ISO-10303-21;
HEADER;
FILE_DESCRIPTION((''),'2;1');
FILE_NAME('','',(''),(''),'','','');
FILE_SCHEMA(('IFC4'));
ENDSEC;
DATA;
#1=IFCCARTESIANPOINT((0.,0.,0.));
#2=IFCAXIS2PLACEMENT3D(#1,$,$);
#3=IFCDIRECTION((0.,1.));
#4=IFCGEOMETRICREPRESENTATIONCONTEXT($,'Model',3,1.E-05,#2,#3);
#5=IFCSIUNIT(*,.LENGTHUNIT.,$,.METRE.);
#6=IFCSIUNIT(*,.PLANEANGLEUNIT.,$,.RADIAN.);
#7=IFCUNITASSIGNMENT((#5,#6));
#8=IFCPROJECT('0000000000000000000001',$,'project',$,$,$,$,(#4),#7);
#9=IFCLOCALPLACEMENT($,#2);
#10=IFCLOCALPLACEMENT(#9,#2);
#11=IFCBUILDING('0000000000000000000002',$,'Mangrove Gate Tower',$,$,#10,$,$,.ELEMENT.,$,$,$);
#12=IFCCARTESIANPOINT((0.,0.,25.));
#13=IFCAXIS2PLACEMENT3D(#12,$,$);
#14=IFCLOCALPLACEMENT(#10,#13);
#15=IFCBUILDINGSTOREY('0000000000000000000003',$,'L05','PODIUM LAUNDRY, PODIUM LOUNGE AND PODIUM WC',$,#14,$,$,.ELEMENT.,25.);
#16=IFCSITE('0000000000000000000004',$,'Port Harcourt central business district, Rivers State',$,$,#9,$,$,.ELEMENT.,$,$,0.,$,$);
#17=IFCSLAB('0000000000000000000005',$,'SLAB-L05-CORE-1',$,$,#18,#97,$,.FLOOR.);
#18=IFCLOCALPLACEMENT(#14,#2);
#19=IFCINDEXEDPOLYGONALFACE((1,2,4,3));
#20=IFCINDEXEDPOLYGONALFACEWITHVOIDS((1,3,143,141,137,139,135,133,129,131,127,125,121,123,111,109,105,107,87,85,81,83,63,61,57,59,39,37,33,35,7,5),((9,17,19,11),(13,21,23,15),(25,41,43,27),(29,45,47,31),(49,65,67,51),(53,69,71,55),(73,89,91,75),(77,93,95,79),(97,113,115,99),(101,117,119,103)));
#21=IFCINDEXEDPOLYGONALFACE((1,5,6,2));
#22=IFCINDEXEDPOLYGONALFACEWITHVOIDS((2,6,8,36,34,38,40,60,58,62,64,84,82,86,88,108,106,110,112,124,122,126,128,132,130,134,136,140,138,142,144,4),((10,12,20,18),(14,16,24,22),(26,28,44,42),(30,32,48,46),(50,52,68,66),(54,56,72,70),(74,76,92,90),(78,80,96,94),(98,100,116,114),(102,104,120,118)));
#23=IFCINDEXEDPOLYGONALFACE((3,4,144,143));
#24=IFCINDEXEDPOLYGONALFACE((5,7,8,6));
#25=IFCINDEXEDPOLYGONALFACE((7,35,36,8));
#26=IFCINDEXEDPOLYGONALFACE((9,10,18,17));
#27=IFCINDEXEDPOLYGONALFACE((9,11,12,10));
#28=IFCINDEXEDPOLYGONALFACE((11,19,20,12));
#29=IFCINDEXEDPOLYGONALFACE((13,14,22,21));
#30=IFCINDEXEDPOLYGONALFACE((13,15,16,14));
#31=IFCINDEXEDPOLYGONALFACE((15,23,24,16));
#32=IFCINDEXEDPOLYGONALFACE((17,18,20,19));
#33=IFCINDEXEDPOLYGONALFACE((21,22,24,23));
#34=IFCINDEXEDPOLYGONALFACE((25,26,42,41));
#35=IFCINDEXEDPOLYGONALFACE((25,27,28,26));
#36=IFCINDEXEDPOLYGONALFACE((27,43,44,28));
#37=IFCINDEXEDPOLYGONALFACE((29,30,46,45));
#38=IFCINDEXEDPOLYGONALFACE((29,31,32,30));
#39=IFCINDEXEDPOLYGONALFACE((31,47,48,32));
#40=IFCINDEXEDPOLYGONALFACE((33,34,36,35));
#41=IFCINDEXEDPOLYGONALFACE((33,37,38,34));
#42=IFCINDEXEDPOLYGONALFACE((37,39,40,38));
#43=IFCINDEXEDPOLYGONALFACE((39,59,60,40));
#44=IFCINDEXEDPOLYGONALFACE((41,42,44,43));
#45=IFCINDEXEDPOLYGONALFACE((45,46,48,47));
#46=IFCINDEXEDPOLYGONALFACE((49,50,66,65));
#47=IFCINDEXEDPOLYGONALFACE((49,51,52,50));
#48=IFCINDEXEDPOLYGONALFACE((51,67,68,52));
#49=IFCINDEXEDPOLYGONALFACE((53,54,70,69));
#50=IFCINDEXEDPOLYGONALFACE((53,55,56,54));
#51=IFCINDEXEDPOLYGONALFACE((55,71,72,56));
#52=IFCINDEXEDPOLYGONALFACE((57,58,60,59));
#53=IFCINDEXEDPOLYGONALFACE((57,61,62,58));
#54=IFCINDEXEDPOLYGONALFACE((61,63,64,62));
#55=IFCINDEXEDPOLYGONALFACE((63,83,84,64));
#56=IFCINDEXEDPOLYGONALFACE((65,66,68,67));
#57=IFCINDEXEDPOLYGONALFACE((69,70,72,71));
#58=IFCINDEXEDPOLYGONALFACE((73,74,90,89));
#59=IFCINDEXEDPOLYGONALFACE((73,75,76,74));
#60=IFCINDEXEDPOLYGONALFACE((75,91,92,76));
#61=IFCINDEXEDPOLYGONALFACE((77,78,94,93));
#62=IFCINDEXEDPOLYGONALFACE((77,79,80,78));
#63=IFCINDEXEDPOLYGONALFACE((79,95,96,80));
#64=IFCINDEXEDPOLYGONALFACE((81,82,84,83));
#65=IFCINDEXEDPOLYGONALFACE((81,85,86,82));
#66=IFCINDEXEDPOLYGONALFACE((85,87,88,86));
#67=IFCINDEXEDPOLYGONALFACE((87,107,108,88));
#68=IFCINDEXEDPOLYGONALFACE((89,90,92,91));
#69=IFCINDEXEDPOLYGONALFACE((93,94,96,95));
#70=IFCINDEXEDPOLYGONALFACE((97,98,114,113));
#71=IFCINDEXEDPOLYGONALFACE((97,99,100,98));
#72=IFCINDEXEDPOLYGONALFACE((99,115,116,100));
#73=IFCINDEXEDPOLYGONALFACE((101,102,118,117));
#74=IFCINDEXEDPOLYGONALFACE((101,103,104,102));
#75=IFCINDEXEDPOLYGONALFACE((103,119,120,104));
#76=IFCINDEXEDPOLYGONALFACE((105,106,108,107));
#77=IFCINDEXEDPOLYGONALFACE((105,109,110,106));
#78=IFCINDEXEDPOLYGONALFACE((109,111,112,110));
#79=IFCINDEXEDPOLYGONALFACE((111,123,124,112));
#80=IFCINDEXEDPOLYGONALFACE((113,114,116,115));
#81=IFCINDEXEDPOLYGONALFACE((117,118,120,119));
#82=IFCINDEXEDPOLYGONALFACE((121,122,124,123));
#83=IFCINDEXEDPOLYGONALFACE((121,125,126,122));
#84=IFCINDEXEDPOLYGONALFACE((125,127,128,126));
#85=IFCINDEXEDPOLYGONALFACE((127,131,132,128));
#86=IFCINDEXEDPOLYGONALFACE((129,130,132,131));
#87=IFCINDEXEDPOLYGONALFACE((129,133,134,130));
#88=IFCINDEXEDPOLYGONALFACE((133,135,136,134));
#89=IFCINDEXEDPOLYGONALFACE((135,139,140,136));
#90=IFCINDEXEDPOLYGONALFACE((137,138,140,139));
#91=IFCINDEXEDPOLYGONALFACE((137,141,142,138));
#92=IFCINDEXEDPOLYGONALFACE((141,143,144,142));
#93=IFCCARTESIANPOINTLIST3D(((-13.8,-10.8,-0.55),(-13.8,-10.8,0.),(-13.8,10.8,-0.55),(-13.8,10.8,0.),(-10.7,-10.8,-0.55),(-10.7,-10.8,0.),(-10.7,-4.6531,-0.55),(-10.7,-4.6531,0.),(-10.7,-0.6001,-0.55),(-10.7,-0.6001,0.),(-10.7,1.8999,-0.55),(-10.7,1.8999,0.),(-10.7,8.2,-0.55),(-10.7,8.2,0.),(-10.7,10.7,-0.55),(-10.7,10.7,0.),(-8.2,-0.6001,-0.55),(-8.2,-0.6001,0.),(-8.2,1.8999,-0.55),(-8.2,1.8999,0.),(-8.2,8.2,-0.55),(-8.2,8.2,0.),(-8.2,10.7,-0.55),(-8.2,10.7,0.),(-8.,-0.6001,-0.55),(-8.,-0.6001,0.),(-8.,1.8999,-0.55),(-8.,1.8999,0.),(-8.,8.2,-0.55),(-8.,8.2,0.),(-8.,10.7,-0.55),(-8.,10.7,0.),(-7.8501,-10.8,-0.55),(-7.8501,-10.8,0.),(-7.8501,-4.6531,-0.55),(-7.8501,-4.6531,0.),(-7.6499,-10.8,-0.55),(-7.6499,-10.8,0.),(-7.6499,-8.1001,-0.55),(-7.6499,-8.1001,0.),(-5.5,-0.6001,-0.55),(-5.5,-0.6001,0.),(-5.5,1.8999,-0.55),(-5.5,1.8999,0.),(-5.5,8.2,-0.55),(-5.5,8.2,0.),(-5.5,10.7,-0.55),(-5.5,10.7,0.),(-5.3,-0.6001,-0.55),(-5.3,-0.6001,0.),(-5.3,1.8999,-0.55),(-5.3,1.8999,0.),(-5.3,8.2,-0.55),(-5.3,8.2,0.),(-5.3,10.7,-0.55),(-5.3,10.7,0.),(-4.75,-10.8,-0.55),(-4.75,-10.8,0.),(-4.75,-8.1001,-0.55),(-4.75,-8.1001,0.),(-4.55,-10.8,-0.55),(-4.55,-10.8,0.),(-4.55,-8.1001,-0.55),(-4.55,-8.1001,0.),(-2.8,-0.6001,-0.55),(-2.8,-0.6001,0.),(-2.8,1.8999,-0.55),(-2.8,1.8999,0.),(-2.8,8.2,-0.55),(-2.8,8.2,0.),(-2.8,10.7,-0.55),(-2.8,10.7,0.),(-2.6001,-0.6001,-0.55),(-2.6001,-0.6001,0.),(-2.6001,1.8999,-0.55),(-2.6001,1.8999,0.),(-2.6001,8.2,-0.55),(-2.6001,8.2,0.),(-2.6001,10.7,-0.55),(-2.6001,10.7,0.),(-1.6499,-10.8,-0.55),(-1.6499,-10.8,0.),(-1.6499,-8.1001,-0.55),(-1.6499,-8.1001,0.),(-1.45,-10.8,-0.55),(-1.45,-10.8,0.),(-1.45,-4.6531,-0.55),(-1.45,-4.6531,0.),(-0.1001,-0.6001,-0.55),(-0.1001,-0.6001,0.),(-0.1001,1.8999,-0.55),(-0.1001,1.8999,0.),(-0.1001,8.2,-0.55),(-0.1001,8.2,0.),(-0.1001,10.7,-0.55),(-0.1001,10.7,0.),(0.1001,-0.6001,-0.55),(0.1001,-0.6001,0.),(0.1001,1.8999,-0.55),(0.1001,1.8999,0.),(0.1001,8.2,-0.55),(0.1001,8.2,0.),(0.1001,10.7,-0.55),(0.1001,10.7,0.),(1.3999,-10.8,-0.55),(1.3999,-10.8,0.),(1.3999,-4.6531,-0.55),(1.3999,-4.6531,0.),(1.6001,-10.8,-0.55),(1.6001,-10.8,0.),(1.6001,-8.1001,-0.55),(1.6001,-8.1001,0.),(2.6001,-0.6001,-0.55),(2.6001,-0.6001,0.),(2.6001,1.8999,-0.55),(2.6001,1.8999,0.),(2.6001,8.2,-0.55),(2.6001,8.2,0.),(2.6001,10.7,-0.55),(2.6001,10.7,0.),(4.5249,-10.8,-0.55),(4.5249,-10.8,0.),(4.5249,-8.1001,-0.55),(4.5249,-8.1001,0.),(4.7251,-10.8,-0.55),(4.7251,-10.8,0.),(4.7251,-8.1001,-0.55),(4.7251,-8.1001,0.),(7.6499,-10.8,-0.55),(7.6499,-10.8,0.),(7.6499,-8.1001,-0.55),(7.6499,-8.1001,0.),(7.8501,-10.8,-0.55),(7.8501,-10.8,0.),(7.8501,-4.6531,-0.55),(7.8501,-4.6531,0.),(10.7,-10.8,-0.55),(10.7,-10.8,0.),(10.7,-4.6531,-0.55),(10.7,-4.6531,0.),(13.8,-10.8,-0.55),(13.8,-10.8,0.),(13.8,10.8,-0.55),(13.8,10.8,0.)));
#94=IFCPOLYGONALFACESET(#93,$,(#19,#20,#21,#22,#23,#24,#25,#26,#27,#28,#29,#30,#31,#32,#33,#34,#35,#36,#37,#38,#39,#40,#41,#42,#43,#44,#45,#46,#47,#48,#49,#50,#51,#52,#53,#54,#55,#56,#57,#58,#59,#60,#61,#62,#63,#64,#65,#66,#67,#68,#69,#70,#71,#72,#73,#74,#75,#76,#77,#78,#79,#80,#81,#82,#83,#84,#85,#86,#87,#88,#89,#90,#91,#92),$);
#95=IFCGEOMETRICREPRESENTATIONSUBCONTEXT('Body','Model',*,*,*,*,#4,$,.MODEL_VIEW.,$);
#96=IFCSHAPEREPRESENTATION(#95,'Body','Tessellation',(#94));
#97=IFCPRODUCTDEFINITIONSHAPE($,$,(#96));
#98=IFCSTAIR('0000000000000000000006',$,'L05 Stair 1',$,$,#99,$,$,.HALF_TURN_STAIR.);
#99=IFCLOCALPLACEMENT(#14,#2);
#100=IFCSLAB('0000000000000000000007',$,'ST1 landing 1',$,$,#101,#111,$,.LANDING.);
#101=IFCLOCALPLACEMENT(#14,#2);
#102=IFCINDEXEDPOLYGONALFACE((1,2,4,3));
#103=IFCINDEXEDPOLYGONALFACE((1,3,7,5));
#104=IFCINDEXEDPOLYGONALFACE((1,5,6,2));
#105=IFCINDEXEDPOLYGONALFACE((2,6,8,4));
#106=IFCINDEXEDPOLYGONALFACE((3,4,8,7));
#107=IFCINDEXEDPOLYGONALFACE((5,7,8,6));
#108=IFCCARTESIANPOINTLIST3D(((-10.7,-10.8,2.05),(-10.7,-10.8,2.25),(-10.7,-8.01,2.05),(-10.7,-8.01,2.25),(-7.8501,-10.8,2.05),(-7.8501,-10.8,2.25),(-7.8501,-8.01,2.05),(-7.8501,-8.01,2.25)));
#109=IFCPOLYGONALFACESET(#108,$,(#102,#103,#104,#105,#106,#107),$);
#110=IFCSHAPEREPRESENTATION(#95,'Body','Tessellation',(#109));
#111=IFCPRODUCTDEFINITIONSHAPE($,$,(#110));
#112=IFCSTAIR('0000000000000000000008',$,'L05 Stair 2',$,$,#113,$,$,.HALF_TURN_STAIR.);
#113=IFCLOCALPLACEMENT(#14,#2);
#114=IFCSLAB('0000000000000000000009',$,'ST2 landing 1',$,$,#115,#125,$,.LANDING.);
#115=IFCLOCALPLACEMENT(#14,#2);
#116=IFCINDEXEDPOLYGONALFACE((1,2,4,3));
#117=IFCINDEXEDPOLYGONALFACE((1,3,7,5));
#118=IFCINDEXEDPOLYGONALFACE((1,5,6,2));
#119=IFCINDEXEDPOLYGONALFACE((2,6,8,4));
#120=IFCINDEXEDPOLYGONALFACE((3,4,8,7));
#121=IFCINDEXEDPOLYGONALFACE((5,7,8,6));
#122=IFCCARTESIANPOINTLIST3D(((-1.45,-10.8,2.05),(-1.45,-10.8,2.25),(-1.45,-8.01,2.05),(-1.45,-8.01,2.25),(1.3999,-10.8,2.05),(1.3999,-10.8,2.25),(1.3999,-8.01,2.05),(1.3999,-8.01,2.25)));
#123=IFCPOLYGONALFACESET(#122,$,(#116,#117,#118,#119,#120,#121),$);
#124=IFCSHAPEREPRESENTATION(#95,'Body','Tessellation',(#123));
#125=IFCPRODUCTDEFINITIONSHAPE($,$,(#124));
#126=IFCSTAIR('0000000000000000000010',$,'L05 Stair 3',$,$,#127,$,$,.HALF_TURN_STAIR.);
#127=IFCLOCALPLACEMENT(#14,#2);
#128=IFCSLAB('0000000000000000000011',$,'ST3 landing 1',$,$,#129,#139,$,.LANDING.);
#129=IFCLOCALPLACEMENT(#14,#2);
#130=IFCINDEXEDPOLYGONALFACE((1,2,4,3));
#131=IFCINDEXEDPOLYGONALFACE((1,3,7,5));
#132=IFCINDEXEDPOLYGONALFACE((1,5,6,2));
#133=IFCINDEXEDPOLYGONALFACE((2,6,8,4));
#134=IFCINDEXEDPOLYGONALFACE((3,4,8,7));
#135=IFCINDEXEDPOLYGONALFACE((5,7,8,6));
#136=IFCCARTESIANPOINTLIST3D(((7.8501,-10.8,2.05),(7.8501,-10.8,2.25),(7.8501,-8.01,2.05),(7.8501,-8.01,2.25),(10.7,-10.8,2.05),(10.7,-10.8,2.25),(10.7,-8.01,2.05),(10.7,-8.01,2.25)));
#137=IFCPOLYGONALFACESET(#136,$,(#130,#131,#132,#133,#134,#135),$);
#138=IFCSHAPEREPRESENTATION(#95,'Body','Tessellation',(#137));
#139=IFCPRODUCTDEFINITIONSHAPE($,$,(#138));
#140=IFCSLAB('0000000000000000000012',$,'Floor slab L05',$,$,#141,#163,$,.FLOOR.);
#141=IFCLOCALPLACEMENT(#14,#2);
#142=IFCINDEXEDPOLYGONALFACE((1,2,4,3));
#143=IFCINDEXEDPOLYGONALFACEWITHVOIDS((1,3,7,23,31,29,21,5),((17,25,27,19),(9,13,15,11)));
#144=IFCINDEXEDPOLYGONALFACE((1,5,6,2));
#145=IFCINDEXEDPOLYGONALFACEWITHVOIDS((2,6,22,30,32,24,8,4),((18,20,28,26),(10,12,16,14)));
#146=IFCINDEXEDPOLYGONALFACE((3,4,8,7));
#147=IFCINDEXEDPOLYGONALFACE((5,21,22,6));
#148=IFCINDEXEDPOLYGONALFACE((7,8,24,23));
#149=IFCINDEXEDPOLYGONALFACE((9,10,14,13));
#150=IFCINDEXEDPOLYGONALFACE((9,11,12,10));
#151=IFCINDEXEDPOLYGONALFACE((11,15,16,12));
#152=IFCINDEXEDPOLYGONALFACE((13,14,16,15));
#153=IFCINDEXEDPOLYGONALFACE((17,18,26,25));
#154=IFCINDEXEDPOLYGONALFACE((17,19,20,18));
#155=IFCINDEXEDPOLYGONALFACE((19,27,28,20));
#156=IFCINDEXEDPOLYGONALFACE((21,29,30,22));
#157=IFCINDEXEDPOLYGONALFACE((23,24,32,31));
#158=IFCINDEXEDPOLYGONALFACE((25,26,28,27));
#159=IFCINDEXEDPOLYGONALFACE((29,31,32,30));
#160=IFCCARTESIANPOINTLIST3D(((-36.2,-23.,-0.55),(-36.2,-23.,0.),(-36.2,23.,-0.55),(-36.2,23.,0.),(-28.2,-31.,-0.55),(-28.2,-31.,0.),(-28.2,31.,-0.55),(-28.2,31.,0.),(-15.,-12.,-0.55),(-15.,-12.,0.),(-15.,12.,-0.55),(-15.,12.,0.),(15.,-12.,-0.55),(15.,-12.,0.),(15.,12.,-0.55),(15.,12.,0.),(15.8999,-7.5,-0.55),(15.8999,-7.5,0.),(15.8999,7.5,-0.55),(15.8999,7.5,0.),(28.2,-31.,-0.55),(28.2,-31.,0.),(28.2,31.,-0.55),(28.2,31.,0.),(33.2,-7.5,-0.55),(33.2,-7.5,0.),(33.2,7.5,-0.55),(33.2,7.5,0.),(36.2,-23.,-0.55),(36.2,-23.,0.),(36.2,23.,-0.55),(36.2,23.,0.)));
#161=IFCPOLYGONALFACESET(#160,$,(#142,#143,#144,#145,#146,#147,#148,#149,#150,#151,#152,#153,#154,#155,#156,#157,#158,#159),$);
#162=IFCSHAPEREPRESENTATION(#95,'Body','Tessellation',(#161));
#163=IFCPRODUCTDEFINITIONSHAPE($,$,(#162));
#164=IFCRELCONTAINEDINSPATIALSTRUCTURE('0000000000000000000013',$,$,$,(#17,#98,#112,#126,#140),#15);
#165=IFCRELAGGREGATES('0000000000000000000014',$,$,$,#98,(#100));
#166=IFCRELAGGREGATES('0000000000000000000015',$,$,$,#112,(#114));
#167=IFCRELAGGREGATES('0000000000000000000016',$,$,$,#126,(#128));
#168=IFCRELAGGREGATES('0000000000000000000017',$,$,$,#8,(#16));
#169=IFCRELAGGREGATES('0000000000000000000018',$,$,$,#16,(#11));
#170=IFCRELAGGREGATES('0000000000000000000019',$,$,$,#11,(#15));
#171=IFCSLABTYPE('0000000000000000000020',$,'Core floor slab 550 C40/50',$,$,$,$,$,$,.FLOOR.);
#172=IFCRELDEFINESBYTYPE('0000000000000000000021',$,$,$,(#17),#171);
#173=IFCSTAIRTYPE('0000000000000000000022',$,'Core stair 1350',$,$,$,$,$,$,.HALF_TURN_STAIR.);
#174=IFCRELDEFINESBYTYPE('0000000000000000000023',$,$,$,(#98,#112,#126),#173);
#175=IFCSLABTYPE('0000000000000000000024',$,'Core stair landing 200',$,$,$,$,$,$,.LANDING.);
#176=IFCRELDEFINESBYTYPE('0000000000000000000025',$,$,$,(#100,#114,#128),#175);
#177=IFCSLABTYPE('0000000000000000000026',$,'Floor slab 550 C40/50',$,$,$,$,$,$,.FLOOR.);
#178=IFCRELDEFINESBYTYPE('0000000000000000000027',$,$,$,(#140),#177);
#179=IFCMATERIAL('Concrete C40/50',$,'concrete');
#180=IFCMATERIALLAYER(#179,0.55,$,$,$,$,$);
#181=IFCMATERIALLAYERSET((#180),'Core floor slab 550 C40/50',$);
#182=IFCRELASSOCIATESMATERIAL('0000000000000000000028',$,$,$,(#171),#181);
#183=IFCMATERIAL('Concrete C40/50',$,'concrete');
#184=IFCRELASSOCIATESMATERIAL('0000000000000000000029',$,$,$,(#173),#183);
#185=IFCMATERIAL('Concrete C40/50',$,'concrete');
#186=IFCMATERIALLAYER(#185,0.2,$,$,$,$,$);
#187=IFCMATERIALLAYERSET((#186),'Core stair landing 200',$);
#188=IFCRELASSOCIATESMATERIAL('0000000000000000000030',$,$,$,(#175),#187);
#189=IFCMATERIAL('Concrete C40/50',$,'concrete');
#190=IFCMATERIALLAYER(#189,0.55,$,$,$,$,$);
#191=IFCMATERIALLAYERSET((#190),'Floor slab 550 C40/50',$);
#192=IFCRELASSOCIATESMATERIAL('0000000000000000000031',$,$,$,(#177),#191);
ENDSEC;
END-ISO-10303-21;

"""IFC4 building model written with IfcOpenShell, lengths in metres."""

from ifc_helpers import new_model, si_unit, direction, frame, origin, place, context, subcontext, project, spatial, polyline, outline, extrude, material, layer, layer_set, type_object, element, aggregate, save


model = new_model("IFC4")

# Units and contexts
model_context = context("Model", 3, precision=1e-05, world=origin(), true_north=direction((0.0, 1.0)))
body_context = subcontext(model_context, "Body", "Model", "MODEL_VIEW")
ifc_project = project(units=[si_unit("LENGTHUNIT", "METRE"), si_unit("PLANEANGLEUNIT", "RADIAN")], contexts=[model_context])

# Site, building, storey
site_placement = place(None, origin())
site = spatial("IfcSite", under=ifc_project, at=site_placement, Name="Port Harcourt central business district, Rivers State", CompositionType="ELEMENT", RefElevation=0.0)
building_placement = place(site_placement, origin())
building = spatial("IfcBuilding", under=site, at=building_placement, Name="Mangrove Gate Tower", CompositionType="ELEMENT")
storey_placement = place(building_placement, frame((0.0, 0.0, 25.0)))
storey = spatial("IfcBuildingStorey", under=building, at=storey_placement, Name="L05", Description="PODIUM LAUNDRY, PODIUM LOUNGE AND PODIUM WC", CompositionType="ELEMENT", Elevation=25.0)

# Slab
ifc_material_1 = material(Name="Concrete C40/50", Category="concrete")
ifc_layer_1 = layer(ifc_material_1, 0.55)
ifc_layer_set_1 = layer_set([ifc_layer_1], Name="Core floor slab 550 C40/50")
slab_type_1 = type_object("IfcSlabType", Name="Core floor slab 550 C40/50", PredefinedType="FLOOR", material=ifc_layer_set_1)
slab_1_placement = place(storey_placement, frame((0.0, 0.0, -0.55)))
element("IfcSlab", 1, at=slab_1_placement, inside=storey, type_object=slab_type_1, Name="SLAB-L05-CORE-1", PredefinedType="FLOOR", context=body_context, shape_type="SweptSolid", body=[
    extrude(outline(polyline([(-13.8, -10.8), (-13.8, 10.8), (13.8, 10.8), (13.8, -10.8), (10.7, -10.8), (10.7, -4.6531), (7.8501, -4.6531), (7.8501, -10.8), (7.6499, -10.8), (7.6499, -8.1001), (4.7251, -8.1001), (4.7251, -10.8), (4.5249, -10.8), (4.5249, -8.1001), (1.6001, -8.1001), (1.6001, -10.8), (1.3999, -10.8), (1.3999, -4.6531), (-1.45, -4.6531), (-1.45, -10.8), (-1.6499, -10.8), (-1.6499, -8.1001), (-4.55, -8.1001), (-4.55, -10.8), (-4.75, -10.8), (-4.75, -8.1001), (-7.6499, -8.1001), (-7.6499, -10.8), (-7.8501, -10.8), (-7.8501, -4.6531), (-10.7, -4.6531), (-10.7, -10.8), (-13.8, -10.8)]), holes=[polyline([(-8.2, -0.6001), (-8.2, 1.8999), (-10.7, 1.8999), (-10.7, -0.6001), (-8.2, -0.6001)]), polyline([(-5.5, -0.6001), (-5.5, 1.8999), (-8.0, 1.8999), (-8.0, -0.6001), (-5.5, -0.6001)]), polyline([(-2.8, -0.6001), (-2.8, 1.8999), (-5.3, 1.8999), (-5.3, -0.6001), (-2.8, -0.6001)]), polyline([(-8.2, 8.2), (-8.2, 10.7), (-10.7, 10.7), (-10.7, 8.2), (-8.2, 8.2)]), polyline([(-5.5, 8.2), (-5.5, 10.7), (-8.0, 10.7), (-8.0, 8.2), (-5.5, 8.2)]), polyline([(-2.8, 8.2), (-2.8, 10.7), (-5.3, 10.7), (-5.3, 8.2), (-2.8, 8.2)]), polyline([(-0.1001, -0.6001), (-0.1001, 1.8999), (-2.6001, 1.8999), (-2.6001, -0.6001), (-0.1001, -0.6001)]), polyline([(2.6001, -0.6001), (2.6001, 1.8999), (0.1001, 1.8999), (0.1001, -0.6001), (2.6001, -0.6001)]), polyline([(-2.6001, 8.2), (-0.1001, 8.2), (-0.1001, 10.7), (-2.6001, 10.7), (-2.6001, 8.2)]), polyline([(0.1001, 8.2), (2.6001, 8.2), (2.6001, 10.7), (0.1001, 10.7), (0.1001, 8.2)])]), origin(), (0.0, 0.0, 1.0), 0.55),
])

# Stairs, slabs
ifc_material_2 = material(Name="Concrete C40/50", Category="concrete")
stair_type = type_object("IfcStairType", Name="Core stair 1350", PredefinedType="HALF_TURN_STAIR", material=ifc_material_2)
stair_1_placement = place(storey_placement, origin())
stair_1 = element("IfcStair", 2, at=stair_1_placement, inside=storey, type_object=stair_type, Name="L05 Stair 1", PredefinedType="HALF_TURN_STAIR")
ifc_material_3 = material(Name="Concrete C40/50", Category="concrete")
ifc_layer_2 = layer(ifc_material_3, 0.2)
ifc_layer_set_2 = layer_set([ifc_layer_2], Name="Core stair landing 200")
slab_type_2 = type_object("IfcSlabType", Name="Core stair landing 200", PredefinedType="LANDING", material=ifc_layer_set_2)
slab_2_placement = place(storey_placement, frame((0.0, 0.0, 2.05)))
slab_2 = element("IfcSlab", 3, at=slab_2_placement, type_object=slab_type_2, Name="ST1 landing 1", PredefinedType="LANDING", context=body_context, shape_type="SweptSolid", body=[
    extrude(outline(polyline([(-10.7, -8.01), (-10.7, -10.8), (-7.8501, -10.8), (-7.8501, -8.01), (-10.7, -8.01)])), origin(), (0.0, 0.0, 1.0), 0.2),
])
aggregate(stair_1, [slab_2])
stair_2_placement = place(storey_placement, origin())
stair_2 = element("IfcStair", 4, at=stair_2_placement, inside=storey, type_object=stair_type, Name="L05 Stair 2", PredefinedType="HALF_TURN_STAIR")
slab_3_placement = place(storey_placement, frame((0.0, 0.0, 2.05)))
slab_3 = element("IfcSlab", 5, at=slab_3_placement, type_object=slab_type_2, Name="ST2 landing 1", PredefinedType="LANDING", context=body_context, shape_type="SweptSolid", body=[
    extrude(outline(polyline([(-1.45, -8.01), (-1.45, -10.8), (1.3999, -10.8), (1.3999, -8.01), (-1.45, -8.01)])), origin(), (0.0, 0.0, 1.0), 0.2),
])
aggregate(stair_2, [slab_3])
stair_3_placement = place(storey_placement, origin())
stair_3 = element("IfcStair", 6, at=stair_3_placement, inside=storey, type_object=stair_type, Name="L05 Stair 3", PredefinedType="HALF_TURN_STAIR")
slab_4_placement = place(storey_placement, frame((0.0, 0.0, 2.05)))
slab_4 = element("IfcSlab", 7, at=slab_4_placement, type_object=slab_type_2, Name="ST3 landing 1", PredefinedType="LANDING", context=body_context, shape_type="SweptSolid", body=[
    extrude(outline(polyline([(7.8501, -8.01), (7.8501, -10.8), (10.7, -10.8), (10.7, -8.01), (7.8501, -8.01)])), origin(), (0.0, 0.0, 1.0), 0.2),
])

# Slab
ifc_material_4 = material(Name="Concrete C40/50", Category="concrete")
ifc_layer_3 = layer(ifc_material_4, 0.55)
ifc_layer_set_3 = layer_set([ifc_layer_3], Name="Floor slab 550 C40/50")
slab_type_3 = type_object("IfcSlabType", Name="Floor slab 550 C40/50", PredefinedType="FLOOR", material=ifc_layer_set_3)
slab_5_placement = place(storey_placement, frame((0.0, 0.0, -0.55)))
element("IfcSlab", 8, at=slab_5_placement, inside=storey, type_object=slab_type_3, Name="Floor slab L05", PredefinedType="FLOOR", context=body_context, shape_type="SweptSolid", body=[
    extrude(outline(polyline([(-36.2, 23.0), (-36.2, -23.0), (-28.2, -31.0), (28.2, -31.0), (36.2, -23.0), (36.2, 23.0), (28.2, 31.0), (-28.2, 31.0), (-36.2, 23.0)]), holes=[polyline([(15.8999, 7.5), (33.2, 7.5), (33.2, -7.5), (15.8999, -7.5), (15.8999, 7.5)]), polyline([(-15.0, -12.0), (-15.0, 12.0), (15.0, 12.0), (15.0, -12.0), (-15.0, -12.0)])]), origin(), (0.0, 0.0, 1.0), 0.55),
])

aggregate(stair_3, [slab_4])

save(model, "model.ifc")
